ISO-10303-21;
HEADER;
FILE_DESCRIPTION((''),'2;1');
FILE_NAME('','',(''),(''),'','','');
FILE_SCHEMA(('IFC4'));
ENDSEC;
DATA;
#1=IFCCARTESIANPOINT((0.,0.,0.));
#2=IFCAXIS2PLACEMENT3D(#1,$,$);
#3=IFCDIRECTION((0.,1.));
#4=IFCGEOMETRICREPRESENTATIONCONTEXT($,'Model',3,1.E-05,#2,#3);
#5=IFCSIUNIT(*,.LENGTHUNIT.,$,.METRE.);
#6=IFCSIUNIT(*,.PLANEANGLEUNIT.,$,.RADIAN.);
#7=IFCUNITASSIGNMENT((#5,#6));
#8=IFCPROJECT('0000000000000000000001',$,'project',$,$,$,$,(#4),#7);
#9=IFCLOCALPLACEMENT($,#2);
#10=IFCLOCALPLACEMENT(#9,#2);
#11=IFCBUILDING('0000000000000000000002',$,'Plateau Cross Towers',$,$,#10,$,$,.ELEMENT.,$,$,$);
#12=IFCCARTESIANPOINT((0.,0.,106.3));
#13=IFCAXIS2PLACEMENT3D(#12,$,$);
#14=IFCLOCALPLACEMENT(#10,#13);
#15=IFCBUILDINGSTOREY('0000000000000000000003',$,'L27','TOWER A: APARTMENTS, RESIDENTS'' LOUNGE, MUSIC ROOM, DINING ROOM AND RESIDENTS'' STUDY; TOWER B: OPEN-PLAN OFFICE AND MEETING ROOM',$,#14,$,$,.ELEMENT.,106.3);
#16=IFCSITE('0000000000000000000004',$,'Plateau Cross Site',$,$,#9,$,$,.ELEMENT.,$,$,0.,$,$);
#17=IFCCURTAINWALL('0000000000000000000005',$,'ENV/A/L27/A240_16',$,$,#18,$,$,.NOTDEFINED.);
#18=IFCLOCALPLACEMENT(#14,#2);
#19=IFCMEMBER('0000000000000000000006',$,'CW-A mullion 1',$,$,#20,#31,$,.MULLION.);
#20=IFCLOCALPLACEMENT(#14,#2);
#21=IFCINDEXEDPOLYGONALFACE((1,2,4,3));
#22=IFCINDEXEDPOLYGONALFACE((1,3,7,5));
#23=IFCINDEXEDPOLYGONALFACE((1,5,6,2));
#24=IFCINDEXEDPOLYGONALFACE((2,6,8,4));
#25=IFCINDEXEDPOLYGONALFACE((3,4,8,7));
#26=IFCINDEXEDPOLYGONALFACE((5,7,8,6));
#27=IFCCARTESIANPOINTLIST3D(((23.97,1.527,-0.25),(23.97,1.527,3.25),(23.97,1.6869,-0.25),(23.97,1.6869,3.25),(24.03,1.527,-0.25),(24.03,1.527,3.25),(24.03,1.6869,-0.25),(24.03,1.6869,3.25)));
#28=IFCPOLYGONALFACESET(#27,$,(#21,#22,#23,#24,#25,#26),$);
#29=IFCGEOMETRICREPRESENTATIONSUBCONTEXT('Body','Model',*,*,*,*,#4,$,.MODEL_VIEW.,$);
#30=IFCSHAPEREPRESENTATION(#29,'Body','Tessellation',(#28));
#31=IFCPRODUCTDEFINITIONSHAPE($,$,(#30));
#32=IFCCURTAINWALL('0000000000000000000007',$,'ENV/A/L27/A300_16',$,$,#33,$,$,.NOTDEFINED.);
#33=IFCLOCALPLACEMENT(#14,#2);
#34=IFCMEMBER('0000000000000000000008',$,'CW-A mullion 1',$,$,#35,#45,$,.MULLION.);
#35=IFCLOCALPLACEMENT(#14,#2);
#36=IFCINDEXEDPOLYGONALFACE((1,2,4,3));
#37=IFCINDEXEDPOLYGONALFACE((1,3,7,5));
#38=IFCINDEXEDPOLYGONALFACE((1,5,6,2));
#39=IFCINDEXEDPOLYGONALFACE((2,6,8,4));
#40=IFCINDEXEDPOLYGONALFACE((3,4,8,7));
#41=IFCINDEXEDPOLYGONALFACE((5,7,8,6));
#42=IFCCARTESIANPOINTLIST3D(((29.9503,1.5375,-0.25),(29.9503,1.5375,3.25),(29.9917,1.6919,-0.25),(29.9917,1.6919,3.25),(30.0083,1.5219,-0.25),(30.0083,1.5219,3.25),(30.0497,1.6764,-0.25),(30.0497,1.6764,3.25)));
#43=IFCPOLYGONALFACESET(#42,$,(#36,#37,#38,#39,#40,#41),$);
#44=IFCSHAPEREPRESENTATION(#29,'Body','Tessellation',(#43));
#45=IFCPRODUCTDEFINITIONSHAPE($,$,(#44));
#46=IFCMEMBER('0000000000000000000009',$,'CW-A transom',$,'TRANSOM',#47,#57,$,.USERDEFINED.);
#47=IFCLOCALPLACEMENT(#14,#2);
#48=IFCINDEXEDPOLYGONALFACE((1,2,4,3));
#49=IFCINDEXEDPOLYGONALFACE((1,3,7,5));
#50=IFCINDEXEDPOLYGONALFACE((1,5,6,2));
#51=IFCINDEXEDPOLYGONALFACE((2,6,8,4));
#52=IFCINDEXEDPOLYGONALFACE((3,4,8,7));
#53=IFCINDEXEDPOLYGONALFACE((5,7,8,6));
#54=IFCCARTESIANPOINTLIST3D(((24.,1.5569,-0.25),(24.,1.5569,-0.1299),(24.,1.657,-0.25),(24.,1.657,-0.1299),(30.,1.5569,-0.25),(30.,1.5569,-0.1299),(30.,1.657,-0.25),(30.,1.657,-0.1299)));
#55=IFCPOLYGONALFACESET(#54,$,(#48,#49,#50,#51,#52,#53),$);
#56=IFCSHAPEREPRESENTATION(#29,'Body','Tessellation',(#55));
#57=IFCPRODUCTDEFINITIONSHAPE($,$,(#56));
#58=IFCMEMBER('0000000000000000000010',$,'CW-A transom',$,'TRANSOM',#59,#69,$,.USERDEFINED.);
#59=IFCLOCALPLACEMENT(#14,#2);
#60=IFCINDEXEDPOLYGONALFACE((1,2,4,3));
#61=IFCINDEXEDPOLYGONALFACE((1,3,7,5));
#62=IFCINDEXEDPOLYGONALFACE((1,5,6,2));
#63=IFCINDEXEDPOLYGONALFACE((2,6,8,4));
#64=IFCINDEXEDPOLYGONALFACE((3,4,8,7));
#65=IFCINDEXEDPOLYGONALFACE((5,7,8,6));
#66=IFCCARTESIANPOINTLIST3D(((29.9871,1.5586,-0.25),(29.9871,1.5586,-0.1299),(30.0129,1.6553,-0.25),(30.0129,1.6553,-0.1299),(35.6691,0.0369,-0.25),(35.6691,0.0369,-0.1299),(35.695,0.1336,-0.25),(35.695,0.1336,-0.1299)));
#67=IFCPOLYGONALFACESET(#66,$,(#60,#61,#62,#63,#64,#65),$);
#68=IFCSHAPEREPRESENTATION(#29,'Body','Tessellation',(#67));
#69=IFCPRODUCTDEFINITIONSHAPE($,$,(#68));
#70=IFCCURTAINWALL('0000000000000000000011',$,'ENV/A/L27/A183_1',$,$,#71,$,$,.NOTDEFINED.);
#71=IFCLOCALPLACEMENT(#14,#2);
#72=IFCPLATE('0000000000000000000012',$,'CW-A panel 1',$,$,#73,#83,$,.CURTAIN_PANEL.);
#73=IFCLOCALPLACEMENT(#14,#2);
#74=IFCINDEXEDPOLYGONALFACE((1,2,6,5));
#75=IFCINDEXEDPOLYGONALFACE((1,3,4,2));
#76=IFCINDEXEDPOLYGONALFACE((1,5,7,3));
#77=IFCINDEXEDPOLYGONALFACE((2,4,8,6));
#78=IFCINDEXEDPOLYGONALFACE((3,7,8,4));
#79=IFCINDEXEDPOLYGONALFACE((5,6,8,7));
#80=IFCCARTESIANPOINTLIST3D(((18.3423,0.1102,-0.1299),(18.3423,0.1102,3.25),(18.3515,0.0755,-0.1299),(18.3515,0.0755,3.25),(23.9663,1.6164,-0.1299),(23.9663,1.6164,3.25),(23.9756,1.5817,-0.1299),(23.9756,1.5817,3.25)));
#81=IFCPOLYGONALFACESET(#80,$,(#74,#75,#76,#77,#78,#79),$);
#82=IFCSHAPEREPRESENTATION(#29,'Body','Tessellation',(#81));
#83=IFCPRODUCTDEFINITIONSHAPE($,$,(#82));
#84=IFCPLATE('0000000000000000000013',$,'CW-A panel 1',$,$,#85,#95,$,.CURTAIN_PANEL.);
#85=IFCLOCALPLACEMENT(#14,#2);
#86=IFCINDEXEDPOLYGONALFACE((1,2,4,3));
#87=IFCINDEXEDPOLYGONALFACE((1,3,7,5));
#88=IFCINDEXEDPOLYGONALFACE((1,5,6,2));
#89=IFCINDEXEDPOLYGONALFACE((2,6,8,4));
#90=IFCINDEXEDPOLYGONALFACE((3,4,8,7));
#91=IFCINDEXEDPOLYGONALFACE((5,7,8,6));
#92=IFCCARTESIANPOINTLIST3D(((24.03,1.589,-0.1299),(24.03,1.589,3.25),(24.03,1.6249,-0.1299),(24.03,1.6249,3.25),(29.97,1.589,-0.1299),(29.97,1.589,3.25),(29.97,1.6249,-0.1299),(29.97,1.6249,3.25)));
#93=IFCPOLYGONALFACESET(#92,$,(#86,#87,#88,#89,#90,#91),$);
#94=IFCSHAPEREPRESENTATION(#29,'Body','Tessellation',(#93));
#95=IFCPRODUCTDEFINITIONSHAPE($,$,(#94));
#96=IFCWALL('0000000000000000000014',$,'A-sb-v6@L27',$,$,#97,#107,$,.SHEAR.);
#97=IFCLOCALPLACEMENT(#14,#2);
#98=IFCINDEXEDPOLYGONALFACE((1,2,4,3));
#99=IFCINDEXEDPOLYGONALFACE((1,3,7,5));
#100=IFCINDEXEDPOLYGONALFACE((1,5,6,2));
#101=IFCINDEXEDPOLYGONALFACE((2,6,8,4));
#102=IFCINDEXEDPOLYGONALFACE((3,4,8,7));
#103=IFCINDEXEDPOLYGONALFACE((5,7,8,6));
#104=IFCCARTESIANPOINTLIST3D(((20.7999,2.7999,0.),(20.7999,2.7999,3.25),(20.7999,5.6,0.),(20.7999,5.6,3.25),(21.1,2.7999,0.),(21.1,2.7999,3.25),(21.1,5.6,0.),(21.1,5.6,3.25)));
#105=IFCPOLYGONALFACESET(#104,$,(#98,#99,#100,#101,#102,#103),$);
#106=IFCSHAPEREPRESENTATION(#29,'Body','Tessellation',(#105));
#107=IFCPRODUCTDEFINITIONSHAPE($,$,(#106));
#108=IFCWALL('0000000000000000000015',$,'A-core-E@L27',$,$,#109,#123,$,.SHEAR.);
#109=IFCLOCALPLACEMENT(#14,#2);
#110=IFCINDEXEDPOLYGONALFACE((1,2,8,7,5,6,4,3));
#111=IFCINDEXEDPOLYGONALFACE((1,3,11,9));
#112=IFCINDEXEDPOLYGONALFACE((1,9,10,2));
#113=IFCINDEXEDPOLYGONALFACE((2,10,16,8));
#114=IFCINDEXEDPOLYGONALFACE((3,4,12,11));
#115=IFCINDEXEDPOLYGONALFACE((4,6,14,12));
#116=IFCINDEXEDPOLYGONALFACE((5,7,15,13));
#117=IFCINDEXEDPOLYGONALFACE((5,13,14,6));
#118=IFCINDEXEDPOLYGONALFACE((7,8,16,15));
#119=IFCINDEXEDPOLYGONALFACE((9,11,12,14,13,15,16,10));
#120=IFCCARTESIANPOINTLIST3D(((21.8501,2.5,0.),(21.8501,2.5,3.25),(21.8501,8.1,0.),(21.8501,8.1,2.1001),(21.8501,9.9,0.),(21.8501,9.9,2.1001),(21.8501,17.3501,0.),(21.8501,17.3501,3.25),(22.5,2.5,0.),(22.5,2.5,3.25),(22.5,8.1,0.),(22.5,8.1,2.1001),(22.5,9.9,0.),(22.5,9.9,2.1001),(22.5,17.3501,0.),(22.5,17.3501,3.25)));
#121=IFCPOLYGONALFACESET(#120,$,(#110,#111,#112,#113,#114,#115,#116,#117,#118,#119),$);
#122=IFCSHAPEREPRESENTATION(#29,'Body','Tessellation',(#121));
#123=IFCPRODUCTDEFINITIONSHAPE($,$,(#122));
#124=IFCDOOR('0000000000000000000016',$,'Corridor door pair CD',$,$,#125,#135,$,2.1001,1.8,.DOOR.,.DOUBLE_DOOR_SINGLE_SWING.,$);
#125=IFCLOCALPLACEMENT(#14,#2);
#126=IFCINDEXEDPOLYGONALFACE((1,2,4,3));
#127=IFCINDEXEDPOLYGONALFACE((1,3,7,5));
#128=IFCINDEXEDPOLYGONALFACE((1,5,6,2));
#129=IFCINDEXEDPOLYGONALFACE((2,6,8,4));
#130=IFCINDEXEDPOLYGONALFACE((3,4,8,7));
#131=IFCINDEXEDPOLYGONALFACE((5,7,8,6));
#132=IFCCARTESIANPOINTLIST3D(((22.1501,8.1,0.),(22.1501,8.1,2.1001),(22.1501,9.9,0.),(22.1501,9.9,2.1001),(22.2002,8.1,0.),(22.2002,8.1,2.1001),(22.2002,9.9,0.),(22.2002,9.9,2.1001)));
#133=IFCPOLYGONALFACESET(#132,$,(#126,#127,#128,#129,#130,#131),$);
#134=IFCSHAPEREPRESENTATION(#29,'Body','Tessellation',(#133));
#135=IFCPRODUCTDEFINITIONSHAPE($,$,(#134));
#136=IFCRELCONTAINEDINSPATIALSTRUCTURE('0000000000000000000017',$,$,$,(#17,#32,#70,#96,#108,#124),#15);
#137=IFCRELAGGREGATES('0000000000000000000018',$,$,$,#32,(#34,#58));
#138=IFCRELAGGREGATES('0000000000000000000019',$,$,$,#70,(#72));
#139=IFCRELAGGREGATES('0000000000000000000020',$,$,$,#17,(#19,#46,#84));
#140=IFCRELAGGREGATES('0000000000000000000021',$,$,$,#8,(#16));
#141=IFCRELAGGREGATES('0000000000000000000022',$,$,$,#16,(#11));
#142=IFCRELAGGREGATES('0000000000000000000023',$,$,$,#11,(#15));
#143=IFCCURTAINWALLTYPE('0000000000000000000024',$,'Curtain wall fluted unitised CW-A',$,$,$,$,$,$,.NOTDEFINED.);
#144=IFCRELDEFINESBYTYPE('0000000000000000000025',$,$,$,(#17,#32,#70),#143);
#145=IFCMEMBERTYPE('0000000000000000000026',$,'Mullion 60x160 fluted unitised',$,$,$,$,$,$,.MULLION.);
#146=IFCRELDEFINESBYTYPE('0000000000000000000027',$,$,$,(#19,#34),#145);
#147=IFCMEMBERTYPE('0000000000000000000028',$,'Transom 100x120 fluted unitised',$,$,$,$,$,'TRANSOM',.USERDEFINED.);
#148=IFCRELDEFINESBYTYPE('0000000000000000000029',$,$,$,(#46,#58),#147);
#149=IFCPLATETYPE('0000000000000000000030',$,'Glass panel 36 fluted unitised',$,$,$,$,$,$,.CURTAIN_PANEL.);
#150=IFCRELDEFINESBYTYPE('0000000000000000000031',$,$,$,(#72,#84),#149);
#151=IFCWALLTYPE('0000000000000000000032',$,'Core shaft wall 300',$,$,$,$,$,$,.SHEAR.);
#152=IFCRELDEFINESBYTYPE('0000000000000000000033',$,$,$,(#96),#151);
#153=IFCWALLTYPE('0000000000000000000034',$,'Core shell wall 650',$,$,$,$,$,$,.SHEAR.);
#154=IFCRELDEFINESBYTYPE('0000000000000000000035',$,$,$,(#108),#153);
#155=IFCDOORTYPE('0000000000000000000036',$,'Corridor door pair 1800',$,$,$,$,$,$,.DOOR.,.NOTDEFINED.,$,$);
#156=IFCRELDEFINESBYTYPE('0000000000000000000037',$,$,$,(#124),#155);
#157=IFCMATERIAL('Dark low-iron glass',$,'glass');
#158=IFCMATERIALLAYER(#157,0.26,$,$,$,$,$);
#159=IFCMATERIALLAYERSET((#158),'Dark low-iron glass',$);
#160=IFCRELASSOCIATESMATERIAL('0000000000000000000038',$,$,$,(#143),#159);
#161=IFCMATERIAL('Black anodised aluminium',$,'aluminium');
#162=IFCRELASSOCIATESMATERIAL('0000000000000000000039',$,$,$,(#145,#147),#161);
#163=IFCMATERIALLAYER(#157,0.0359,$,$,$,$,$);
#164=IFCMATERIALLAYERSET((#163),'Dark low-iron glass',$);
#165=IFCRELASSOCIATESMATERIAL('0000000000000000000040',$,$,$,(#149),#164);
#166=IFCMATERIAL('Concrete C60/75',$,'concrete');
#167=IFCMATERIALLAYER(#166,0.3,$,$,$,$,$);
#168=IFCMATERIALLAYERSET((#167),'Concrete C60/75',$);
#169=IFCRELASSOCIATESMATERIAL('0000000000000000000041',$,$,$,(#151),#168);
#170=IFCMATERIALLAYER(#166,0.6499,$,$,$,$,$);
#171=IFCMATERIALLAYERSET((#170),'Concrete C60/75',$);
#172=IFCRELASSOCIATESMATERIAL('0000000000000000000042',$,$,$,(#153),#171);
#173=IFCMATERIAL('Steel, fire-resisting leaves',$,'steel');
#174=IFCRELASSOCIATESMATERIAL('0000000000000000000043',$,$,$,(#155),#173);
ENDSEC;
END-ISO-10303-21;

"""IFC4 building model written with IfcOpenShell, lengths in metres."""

from ifc_helpers import new_model, si_unit, direction, frame, frame_2d, origin, origin_2d, place, context, subcontext, project, spatial, rectangle, extrude, material, layer, layer_set, material_profile, profile_set, type_object, element, fill, aggregate, save


model = new_model("IFC4")

# Units and contexts
model_context = context("Model", 3, precision=1e-05, world=origin(), true_north=direction((0.0, 1.0)))
body_context = subcontext(model_context, "Body", "Model", "MODEL_VIEW")
ifc_project = project(units=[si_unit("LENGTHUNIT", "METRE"), si_unit("PLANEANGLEUNIT", "RADIAN")], contexts=[model_context])

# Site, building, storey
site_placement = place(None, origin())
site = spatial("IfcSite", under=ifc_project, at=site_placement, Name="Plateau Cross Site", CompositionType="ELEMENT", RefElevation=0.0)
building_placement = place(site_placement, origin())
building = spatial("IfcBuilding", under=site, at=building_placement, Name="Plateau Cross Towers", CompositionType="ELEMENT")
storey_placement = place(building_placement, frame((0.0, 0.0, 106.3)))
storey = spatial("IfcBuildingStorey", under=building, at=storey_placement, Name="L27", Description="TOWER A: APARTMENTS, RESIDENTS' LOUNGE, MUSIC ROOM, DINING ROOM AND RESIDENTS' STUDY; TOWER B: OPEN-PLAN OFFICE AND MEETING ROOM", CompositionType="ELEMENT", Elevation=106.3)

# Curtain walls, members
ifc_material_1 = material(Name="Dark low-iron glass", Category="glass")
ifc_layer_1 = layer(ifc_material_1, 0.26)
ifc_layer_set_1 = layer_set([ifc_layer_1], Name="Dark low-iron glass")
curtain_wall_type = type_object("IfcCurtainWallType", Name="Curtain wall fluted unitised CW-A", PredefinedType="NOTDEFINED", material=ifc_layer_set_1)
curtain_wall_1_placement = place(storey_placement, origin())
curtain_wall_1 = element("IfcCurtainWall", 1, at=curtain_wall_1_placement, inside=storey, type_object=curtain_wall_type, Name="ENV/A/L27/A240_16", PredefinedType="NOTDEFINED")
ifc_material_2 = material(Name="Black anodised aluminium", Category="aluminium")
ifc_material_profile_1 = material_profile(ifc_material_2, rectangle(XDim=0.0601, YDim=0.1599, at=origin_2d()), Name="MULLION 60x160")
ifc_profile_set_1 = profile_set([ifc_material_profile_1], Name="Black anodised aluminium")
member_type_1 = type_object("IfcMemberType", Name="Mullion 60x160 fluted unitised", PredefinedType="MULLION", material=ifc_profile_set_1)
member_1_placement = place(storey_placement, frame((24.0, 1.6069, -0.25), z_axis=(0.0, 0.0, 1.0), x_axis=(1.0, 0.0, 0.0)))
member_1 = element("IfcMember", 2, at=member_1_placement, type_object=member_type_1, Name="CW-A mullion 1", PredefinedType="MULLION", context=body_context, shape_type="SweptSolid", body=[
    extrude(rectangle(XDim=0.0601, YDim=0.1599, at=origin_2d()), origin(), (0.0, 0.0, 1.0), 3.5),
])
curtain_wall_2_placement = place(storey_placement, origin())
curtain_wall_2 = element("IfcCurtainWall", 3, at=curtain_wall_2_placement, inside=storey, type_object=curtain_wall_type, Name="ENV/A/L27/A300_16", PredefinedType="NOTDEFINED")
member_2_placement = place(storey_placement, frame((30.0, 1.6069, -0.25), z_axis=(0.0, 0.0, 1.0), x_axis=(0.965958, -0.258699, 0.0)))
member_2 = element("IfcMember", 4, at=member_2_placement, type_object=member_type_1, Name="CW-A mullion 1", PredefinedType="MULLION", context=body_context, shape_type="SweptSolid", body=[
    extrude(rectangle(XDim=0.0601, YDim=0.1599, at=origin_2d()), origin(), (0.0, 0.0, 1.0), 3.5),
])

# Members
ifc_material_profile_2 = material_profile(ifc_material_2, rectangle(XDim=0.1001, YDim=0.1201, at=origin_2d()), Name="TRANSOM 100x120")
ifc_profile_set_2 = profile_set([ifc_material_profile_2], Name="Black anodised aluminium")
member_type_2 = type_object("IfcMemberType", Name="Transom 100x120 fluted unitised", ElementType="TRANSOM", PredefinedType="USERDEFINED", material=ifc_profile_set_2)
member_3_placement = place(storey_placement, frame((24.0, 1.6069, -0.1899), z_axis=(1.0, 0.0, 0.0), x_axis=(0.0, 1.0, 0.0)))
member_3 = element("IfcMember", 5, at=member_3_placement, type_object=member_type_2, Name="CW-A transom", ObjectType="TRANSOM", PredefinedType="USERDEFINED", context=body_context, shape_type="SweptSolid", body=[
    extrude(rectangle(XDim=0.1001, YDim=0.1201, at=origin_2d()), origin(), (0.0, 0.0, 1.0), 6.0),
])
member_4_placement = place(storey_placement, frame((30.0, 1.6069, -0.1899), z_axis=(0.96596, -0.258693, 0.0), x_axis=(0.258693, 0.96596, 0.0)))
member_4 = element("IfcMember", 6, at=member_4_placement, type_object=member_type_2, Name="CW-A transom", ObjectType="TRANSOM", PredefinedType="USERDEFINED", context=body_context, shape_type="SweptSolid", body=[
    extrude(rectangle(XDim=0.1001, YDim=0.1201, at=origin_2d()), origin(), (0.0, 0.0, 1.0), 5.8823),
])
aggregate(curtain_wall_2, [member_2, member_4])

# Curtain wall, plate
curtain_wall_3_placement = place(storey_placement, origin())
curtain_wall_3 = element("IfcCurtainWall", 7, at=curtain_wall_3_placement, inside=storey, type_object=curtain_wall_type, Name="ENV/A/L27/A183_1", PredefinedType="NOTDEFINED")
ifc_layer_2 = layer(ifc_material_1, 0.0359)
ifc_layer_set_2 = layer_set([ifc_layer_2], Name="Dark low-iron glass")
plate_type = type_object("IfcPlateType", Name="Glass panel 36 fluted unitised", PredefinedType="CURTAIN_PANEL", material=ifc_layer_set_2)
plate_1_placement = place(storey_placement, frame((21.1589, 0.8459, -0.1299), z_axis=(0.0, 0.0, 1.0), x_axis=(0.965958, 0.258699, 0.0)))
plate_1 = element("IfcPlate", 8, at=plate_1_placement, type_object=plate_type, Name="CW-A panel 1", PredefinedType="CURTAIN_PANEL", context=body_context, shape_type="SweptSolid", body=[
    extrude(rectangle(XDim=5.8223, YDim=0.0359, at=origin_2d()), origin(), (0.0, 0.0, 1.0), 3.3799),
])
aggregate(curtain_wall_3, [plate_1])

# Plate
plate_2_placement = place(storey_placement, frame((27.0, 1.6069, -0.1299), z_axis=(0.0, 0.0, 1.0), x_axis=(1.0, 0.0, 0.0)))
plate_2 = element("IfcPlate", 9, at=plate_2_placement, type_object=plate_type, Name="CW-A panel 1", PredefinedType="CURTAIN_PANEL", context=body_context, shape_type="SweptSolid", body=[
    extrude(rectangle(XDim=5.9399, YDim=0.0359, at=origin_2d()), origin(), (0.0, 0.0, 1.0), 3.3799),
])
aggregate(curtain_wall_1, [member_1, member_3, plate_2])

# Wall
ifc_material_3 = material(Name="Concrete C60/75", Category="concrete")
ifc_layer_3 = layer(ifc_material_3, 0.3)
ifc_layer_set_3 = layer_set([ifc_layer_3], Name="Concrete C60/75")
wall_type_1 = type_object("IfcWallType", Name="Core shaft wall 300", PredefinedType="SHEAR", material=ifc_layer_set_3)
wall_1_placement = place(storey_placement, frame((20.95, 2.8, 0.0), z_axis=(0.0, 0.0, 1.0), x_axis=(0.0, 1.0, 0.0)))
element("IfcWall", 10, at=wall_1_placement, inside=storey, type_object=wall_type_1, Name="A-sb-v6@L27", PredefinedType="SHEAR", context=body_context, shape_type="SweptSolid", body=[
    extrude(rectangle(XDim=2.8, YDim=0.3, at=frame_2d((1.3999, 0.0))), origin(), (0.0, 0.0, 1.0), 3.25),
])

# Wall, opening, door
ifc_layer_4 = layer(ifc_material_3, 0.6499)
ifc_layer_set_4 = layer_set([ifc_layer_4], Name="Concrete C60/75")
wall_type_2 = type_object("IfcWallType", Name="Core shell wall 650", PredefinedType="SHEAR", material=ifc_layer_set_4)
wall_2_placement = place(storey_placement, frame((22.175, 2.5, 0.0), z_axis=(0.0, 0.0, 1.0), x_axis=(0.0, 1.0, 0.0)))
wall_2 = element("IfcWall", 11, at=wall_2_placement, inside=storey, type_object=wall_type_2, Name="A-core-E@L27", PredefinedType="SHEAR", context=body_context, shape_type="SweptSolid", body=[
    extrude(rectangle(XDim=14.8501, YDim=0.6499, at=frame_2d((7.425, 0.0))), origin(), (0.0, 0.0, 1.0), 3.25),
])
opening_1_placement = place(wall_2_placement, frame((5.6001, 0.0, 0.0)))
opening_1 = element("IfcOpeningElement", 12, at=opening_1_placement, cuts=wall_2, PredefinedType="OPENING", context=body_context, shape_type="SweptSolid", body=[
    extrude(rectangle(XDim=1.8, YDim=2.1001, at=frame_2d((0.8999, 1.05))), frame((0.0, 0.335, 0.0), z_axis=(0.0, -1.0, 0.0), x_axis=(1.0, 0.0, 0.0)), (0.0, 0.0, 1.0), 0.6699),
])
ifc_material_4 = material(Name="Steel, fire-resisting leaves", Category="steel")
door_type_1 = type_object("IfcDoorType", Name="Corridor door pair 1800", OperationType="NOTDEFINED", PredefinedType="DOOR", material=ifc_material_4)
door_1_placement = place(opening_1_placement, origin())
door_1 = element("IfcDoor", 13, at=door_1_placement, inside=storey, type_object=door_type_1, Name="Corridor door pair CD", OperationType="DOUBLE_DOOR_SINGLE_SWING", OverallHeight=2.1001, OverallWidth=1.8, PredefinedType="DOOR", context=body_context, shape_type="SweptSolid", body=[
    extrude(rectangle(XDim=1.8, YDim=2.1001, at=frame_2d((0.8999, 1.05))), frame((0.0, 0.0249, 0.0), z_axis=(0.0, -1.0, 0.0), x_axis=(1.0, 0.0, 0.0)), (0.0, 0.0, 1.0), 0.05),
])
fill(opening_1, door_1)

save(model, "model.ifc")
